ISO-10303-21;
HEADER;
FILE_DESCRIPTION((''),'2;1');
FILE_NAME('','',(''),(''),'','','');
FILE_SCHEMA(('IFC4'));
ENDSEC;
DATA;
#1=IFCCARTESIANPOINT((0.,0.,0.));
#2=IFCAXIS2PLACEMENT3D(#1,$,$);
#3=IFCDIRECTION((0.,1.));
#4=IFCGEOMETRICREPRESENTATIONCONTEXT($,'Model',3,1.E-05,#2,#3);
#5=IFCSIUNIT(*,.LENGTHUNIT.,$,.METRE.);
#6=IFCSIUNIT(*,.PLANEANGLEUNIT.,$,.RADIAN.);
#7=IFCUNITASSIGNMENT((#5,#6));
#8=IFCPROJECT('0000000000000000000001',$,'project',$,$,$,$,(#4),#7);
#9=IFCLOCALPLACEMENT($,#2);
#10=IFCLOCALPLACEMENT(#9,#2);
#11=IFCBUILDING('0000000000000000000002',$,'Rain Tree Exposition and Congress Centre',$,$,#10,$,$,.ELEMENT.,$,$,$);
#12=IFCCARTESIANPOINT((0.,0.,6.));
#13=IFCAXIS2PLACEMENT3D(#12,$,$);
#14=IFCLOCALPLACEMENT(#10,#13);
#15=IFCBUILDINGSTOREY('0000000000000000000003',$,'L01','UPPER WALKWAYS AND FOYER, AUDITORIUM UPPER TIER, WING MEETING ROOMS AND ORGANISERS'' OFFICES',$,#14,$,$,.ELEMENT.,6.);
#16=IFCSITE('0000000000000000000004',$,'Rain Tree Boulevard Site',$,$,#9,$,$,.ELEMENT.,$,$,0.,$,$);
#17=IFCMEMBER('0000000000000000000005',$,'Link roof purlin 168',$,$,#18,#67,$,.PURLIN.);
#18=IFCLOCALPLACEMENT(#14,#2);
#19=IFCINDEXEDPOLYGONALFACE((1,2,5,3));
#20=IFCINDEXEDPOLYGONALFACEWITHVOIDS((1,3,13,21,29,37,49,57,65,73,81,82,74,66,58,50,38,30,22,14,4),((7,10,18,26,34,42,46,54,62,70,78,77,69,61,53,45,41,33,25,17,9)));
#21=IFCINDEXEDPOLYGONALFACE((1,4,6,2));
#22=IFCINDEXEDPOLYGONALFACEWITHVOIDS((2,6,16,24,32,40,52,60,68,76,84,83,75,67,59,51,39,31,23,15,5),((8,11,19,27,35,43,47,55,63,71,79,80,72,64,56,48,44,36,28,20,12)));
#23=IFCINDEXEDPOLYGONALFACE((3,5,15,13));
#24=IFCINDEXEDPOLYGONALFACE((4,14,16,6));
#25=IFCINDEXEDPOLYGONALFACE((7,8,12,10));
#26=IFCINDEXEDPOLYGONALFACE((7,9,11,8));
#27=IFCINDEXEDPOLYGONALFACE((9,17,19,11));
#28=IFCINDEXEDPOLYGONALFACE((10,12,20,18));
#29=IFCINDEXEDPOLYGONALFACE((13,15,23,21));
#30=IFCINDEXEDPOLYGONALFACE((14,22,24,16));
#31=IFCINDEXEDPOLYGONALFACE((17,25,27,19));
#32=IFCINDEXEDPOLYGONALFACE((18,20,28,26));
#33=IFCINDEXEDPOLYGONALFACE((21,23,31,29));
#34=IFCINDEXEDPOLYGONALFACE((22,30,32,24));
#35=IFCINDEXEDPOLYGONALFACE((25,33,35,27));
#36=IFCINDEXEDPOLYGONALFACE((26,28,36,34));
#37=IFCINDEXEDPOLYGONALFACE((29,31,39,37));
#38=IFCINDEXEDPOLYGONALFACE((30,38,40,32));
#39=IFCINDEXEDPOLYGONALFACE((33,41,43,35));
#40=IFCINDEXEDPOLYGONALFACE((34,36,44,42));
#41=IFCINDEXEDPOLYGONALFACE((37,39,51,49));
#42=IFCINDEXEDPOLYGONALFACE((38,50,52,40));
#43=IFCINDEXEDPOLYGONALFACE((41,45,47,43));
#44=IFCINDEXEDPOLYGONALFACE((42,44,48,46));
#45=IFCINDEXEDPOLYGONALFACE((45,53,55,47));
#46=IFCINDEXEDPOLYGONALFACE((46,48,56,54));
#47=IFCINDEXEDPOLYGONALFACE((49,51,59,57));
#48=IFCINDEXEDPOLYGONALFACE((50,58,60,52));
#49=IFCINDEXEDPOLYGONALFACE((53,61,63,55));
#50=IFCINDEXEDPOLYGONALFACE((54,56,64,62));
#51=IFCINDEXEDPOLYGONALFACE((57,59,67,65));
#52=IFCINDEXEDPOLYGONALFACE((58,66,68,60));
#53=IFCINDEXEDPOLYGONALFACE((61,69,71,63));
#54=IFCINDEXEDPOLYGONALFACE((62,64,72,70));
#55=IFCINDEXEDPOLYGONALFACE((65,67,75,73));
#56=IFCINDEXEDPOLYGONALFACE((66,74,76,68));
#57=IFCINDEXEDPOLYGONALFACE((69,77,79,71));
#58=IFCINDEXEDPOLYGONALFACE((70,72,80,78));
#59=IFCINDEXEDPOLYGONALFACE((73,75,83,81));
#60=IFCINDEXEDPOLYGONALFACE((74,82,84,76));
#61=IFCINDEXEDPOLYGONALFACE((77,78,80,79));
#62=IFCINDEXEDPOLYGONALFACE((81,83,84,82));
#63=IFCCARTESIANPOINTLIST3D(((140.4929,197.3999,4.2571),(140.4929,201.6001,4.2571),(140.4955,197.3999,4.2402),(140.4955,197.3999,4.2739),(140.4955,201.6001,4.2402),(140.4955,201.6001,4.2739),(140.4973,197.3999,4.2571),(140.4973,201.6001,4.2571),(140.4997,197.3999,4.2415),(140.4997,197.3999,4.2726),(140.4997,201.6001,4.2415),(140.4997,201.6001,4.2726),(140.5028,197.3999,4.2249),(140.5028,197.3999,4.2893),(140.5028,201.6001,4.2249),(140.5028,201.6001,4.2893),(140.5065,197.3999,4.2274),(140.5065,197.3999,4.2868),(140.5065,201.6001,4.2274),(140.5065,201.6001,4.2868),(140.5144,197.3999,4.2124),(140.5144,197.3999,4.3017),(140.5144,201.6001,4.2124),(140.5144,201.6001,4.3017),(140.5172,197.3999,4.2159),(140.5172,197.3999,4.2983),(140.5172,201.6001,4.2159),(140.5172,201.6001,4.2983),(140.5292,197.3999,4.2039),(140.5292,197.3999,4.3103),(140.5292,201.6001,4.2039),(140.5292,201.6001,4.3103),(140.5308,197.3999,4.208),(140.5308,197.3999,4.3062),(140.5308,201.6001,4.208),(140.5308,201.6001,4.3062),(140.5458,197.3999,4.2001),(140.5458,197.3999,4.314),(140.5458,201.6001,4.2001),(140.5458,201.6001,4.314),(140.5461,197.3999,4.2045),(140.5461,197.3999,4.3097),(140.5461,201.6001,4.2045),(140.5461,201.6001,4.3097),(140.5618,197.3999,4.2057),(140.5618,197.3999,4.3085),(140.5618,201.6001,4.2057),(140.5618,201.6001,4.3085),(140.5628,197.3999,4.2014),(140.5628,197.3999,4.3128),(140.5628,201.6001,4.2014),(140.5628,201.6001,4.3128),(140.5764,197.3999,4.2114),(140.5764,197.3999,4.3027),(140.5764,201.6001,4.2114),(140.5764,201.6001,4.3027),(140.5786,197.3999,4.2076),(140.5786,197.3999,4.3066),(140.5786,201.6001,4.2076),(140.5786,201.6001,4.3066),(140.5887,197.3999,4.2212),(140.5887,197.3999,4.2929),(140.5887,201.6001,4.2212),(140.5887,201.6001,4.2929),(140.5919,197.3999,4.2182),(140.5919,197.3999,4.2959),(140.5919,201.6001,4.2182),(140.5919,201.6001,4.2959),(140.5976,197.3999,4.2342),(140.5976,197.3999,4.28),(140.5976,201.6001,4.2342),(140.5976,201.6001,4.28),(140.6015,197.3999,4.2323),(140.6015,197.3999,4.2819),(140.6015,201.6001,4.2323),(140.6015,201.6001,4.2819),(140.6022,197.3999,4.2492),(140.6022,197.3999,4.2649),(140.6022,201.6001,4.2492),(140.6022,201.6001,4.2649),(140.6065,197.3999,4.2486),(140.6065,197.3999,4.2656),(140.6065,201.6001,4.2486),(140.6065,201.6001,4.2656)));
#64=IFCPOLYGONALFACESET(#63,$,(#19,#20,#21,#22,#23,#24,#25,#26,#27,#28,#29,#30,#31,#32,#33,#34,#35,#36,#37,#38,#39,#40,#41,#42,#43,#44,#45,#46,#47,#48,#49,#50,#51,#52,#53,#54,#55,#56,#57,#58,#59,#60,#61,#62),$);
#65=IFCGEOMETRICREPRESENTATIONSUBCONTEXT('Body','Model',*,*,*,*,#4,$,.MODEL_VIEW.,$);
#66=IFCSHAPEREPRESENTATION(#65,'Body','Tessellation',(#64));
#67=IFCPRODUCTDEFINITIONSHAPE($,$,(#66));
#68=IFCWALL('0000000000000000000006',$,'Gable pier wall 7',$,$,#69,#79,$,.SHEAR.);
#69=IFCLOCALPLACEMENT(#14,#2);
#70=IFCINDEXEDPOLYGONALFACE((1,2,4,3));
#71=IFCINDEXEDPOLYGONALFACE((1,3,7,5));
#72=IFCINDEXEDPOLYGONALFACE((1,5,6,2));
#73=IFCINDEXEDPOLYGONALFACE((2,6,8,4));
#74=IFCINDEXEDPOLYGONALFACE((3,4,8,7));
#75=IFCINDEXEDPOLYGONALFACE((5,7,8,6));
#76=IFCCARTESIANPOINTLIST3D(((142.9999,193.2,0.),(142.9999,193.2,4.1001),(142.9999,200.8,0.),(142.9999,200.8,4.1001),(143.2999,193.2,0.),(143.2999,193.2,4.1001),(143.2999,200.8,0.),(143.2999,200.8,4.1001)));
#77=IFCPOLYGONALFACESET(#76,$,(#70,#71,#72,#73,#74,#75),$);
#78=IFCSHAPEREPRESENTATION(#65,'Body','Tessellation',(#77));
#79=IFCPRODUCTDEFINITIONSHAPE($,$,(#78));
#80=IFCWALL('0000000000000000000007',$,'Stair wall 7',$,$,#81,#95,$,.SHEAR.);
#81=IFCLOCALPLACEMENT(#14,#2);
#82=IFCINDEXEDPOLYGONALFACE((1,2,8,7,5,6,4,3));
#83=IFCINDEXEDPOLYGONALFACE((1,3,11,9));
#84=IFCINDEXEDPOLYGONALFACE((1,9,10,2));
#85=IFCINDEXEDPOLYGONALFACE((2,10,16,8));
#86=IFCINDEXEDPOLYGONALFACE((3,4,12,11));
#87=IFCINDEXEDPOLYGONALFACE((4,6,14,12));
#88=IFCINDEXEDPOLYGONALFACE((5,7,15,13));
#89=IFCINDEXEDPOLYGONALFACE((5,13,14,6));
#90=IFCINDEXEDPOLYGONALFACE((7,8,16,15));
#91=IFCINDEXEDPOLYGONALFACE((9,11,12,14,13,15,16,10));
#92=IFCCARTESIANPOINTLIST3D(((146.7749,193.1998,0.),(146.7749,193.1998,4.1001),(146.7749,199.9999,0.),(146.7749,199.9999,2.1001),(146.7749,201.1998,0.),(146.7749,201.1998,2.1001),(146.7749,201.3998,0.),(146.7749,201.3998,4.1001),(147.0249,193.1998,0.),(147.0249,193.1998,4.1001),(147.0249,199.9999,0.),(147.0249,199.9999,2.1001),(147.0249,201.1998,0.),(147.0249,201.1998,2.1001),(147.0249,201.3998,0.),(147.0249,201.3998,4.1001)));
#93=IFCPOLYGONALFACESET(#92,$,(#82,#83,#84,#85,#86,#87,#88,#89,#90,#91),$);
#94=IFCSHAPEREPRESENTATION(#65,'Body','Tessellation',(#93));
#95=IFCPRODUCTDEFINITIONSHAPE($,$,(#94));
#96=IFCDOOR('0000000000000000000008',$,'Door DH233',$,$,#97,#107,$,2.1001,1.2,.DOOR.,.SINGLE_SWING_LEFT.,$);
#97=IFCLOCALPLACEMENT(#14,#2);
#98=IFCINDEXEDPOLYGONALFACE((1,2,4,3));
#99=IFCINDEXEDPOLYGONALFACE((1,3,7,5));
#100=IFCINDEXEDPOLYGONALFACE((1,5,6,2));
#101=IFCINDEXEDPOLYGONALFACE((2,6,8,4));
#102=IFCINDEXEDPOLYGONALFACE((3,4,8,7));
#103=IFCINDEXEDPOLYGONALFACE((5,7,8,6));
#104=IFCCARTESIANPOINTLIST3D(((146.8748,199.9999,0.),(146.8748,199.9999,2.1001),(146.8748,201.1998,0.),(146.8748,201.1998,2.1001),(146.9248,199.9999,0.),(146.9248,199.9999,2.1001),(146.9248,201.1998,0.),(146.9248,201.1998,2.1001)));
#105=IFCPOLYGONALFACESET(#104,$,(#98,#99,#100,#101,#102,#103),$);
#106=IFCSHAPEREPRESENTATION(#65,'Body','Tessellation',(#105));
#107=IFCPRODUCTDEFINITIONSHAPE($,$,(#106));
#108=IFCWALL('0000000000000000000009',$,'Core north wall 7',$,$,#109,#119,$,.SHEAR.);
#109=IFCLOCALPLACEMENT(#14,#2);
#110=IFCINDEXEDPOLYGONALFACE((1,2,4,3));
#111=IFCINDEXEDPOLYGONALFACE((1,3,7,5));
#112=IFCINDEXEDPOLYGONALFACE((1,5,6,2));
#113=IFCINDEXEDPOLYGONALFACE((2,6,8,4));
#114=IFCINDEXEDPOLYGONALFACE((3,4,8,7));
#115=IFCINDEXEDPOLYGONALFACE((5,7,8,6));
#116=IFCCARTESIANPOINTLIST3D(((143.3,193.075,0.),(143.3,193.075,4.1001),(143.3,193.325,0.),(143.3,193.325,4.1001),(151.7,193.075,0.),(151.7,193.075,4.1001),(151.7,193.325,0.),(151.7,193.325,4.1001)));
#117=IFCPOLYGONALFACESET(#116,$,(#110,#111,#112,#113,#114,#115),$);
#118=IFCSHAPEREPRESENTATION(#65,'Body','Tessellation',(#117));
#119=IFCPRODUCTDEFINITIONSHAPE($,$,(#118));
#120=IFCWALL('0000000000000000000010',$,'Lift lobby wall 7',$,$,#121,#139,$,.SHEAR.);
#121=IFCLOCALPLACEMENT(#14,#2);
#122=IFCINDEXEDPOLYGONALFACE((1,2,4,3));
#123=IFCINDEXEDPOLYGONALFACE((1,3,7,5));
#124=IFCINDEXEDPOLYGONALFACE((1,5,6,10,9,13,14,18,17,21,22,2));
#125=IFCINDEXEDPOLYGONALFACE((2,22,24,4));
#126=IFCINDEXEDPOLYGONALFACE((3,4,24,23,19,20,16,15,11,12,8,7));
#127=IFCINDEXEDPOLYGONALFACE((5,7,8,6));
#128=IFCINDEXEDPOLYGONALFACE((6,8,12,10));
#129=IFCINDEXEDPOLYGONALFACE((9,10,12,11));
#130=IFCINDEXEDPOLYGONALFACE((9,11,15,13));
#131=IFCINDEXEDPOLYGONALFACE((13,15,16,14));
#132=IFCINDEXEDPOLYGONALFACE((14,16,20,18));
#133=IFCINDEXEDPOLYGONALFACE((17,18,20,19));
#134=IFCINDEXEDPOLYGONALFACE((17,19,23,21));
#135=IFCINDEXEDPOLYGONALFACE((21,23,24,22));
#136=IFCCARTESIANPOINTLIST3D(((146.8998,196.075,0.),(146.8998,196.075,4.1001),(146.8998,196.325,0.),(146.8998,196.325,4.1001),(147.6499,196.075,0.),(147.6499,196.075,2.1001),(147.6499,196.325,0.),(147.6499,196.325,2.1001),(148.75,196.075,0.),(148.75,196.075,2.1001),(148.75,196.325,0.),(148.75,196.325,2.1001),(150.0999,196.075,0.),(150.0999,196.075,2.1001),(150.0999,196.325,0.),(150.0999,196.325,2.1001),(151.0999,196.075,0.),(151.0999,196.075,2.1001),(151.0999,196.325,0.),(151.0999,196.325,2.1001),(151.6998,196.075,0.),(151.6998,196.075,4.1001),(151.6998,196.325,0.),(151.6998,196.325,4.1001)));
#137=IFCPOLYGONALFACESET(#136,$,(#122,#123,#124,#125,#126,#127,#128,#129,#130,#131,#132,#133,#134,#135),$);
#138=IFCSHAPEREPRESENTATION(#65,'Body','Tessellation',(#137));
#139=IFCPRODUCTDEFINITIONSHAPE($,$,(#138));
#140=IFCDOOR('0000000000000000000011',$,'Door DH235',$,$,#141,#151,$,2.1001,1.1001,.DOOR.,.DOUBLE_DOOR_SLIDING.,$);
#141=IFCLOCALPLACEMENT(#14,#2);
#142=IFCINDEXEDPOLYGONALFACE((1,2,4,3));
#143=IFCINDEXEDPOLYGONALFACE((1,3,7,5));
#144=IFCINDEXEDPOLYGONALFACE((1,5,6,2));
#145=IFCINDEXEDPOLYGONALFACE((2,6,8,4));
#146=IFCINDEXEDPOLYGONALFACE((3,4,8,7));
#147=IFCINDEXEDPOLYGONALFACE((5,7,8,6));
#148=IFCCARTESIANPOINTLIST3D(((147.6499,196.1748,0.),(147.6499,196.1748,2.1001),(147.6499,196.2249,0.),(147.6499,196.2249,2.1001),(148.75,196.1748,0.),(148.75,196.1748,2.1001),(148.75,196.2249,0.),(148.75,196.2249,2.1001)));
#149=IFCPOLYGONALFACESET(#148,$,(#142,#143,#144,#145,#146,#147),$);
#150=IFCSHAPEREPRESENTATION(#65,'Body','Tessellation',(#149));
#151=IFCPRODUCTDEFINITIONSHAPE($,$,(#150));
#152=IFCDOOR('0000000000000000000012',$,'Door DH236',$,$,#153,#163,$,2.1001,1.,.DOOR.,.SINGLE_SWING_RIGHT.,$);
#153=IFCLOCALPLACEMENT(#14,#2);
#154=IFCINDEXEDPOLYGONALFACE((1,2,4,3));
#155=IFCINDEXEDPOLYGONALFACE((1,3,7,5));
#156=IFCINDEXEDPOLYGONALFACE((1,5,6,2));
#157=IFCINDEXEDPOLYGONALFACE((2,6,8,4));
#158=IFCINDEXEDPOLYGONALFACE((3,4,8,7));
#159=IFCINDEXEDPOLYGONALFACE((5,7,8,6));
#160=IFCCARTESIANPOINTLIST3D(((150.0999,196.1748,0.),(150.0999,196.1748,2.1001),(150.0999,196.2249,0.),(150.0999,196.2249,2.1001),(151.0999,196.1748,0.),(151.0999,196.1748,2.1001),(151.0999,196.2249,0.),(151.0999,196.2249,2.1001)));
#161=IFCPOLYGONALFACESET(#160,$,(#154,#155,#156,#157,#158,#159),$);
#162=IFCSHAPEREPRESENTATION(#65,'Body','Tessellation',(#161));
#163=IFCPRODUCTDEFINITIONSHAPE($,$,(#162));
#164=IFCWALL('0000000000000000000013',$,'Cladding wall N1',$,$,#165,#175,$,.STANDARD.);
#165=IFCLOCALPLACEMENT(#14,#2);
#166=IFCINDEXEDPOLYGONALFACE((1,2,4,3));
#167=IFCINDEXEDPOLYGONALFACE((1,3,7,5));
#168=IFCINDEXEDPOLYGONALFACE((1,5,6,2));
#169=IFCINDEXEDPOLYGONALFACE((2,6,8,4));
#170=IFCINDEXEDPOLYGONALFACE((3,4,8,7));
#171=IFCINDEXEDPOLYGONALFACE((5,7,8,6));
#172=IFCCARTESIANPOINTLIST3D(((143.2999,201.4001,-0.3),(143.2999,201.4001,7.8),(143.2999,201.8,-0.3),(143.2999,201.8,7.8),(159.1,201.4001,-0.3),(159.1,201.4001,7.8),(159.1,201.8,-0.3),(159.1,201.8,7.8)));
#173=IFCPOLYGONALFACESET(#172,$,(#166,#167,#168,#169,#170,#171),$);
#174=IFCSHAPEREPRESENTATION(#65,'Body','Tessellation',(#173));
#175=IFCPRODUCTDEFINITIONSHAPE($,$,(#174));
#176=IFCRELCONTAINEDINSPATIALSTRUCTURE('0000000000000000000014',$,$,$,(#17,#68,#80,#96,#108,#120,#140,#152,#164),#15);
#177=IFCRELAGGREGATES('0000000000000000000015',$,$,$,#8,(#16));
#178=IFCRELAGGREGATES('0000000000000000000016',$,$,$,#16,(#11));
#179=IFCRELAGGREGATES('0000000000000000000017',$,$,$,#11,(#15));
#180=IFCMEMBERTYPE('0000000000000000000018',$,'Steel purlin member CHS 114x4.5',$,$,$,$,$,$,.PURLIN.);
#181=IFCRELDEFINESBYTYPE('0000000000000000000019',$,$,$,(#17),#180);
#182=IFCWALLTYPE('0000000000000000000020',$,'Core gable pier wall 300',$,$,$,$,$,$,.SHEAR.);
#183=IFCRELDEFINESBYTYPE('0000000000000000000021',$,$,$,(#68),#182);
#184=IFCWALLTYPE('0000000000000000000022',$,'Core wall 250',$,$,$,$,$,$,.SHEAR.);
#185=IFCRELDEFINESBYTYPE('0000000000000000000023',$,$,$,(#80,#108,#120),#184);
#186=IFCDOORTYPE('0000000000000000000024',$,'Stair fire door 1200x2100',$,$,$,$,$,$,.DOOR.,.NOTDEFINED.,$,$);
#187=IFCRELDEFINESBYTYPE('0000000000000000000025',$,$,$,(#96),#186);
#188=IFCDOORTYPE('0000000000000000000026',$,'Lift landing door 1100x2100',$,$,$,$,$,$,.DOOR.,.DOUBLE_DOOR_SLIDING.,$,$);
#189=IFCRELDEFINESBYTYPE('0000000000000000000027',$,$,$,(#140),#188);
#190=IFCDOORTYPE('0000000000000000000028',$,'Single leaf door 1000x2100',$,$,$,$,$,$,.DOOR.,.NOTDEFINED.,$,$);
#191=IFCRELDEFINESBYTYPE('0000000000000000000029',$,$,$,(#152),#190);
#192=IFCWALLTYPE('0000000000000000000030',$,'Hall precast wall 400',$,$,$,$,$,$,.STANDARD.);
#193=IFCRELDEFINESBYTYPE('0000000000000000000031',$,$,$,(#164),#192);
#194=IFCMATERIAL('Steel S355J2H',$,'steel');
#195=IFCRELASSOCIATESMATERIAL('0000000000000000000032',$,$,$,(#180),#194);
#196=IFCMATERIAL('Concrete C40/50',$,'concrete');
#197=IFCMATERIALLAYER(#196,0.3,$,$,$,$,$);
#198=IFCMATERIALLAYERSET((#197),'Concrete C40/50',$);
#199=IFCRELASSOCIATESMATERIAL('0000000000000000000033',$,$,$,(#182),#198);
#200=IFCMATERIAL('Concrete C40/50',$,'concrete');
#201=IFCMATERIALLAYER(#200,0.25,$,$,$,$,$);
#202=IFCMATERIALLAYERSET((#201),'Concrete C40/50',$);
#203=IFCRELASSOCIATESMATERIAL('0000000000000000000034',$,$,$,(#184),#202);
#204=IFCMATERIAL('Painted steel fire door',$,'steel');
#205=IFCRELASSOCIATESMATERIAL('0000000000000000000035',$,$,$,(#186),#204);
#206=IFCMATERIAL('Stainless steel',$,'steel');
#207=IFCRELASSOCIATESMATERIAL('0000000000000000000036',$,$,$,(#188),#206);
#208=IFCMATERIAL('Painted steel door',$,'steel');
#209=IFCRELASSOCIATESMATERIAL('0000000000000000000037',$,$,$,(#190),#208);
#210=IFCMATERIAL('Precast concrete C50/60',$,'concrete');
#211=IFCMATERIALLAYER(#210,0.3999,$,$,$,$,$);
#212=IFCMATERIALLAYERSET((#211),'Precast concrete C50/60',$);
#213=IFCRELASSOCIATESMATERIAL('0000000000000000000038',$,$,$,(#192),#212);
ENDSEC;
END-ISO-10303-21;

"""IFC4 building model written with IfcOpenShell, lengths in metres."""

from ifc_helpers import new_model, si_unit, direction, frame, frame_2d, origin, origin_2d, place, context, subcontext, project, spatial, rectangle, hollow_circle, extrude, material, layer, layer_set, material_profile, profile_set, type_object, element, fill, save


model = new_model("IFC4")

# Units and contexts
model_context = context("Model", 3, precision=1e-05, world=origin(), true_north=direction((0.0, 1.0)))
body_context = subcontext(model_context, "Body", "Model", "MODEL_VIEW")
ifc_project = project(units=[si_unit("LENGTHUNIT", "METRE"), si_unit("PLANEANGLEUNIT", "RADIAN")], contexts=[model_context])

# Site, building, storey
site_placement = place(None, origin())
site = spatial("IfcSite", under=ifc_project, at=site_placement, Name="Rain Tree Boulevard Site", CompositionType="ELEMENT", RefElevation=0.0)
building_placement = place(site_placement, origin())
building = spatial("IfcBuilding", under=site, at=building_placement, Name="Rain Tree Exposition and Congress Centre", CompositionType="ELEMENT")
storey_placement = place(building_placement, frame((0.0, 0.0, 6.0)))
storey = spatial("IfcBuildingStorey", under=building, at=storey_placement, Name="L01", Description="UPPER WALKWAYS AND FOYER, AUDITORIUM UPPER TIER, WING MEETING ROOMS AND ORGANISERS' OFFICES", CompositionType="ELEMENT", Elevation=6.0)

# Member
ifc_material_1 = material(Name="Steel S355J2H", Category="steel")
ifc_material_profile_1 = material_profile(ifc_material_1, hollow_circle(Radius=0.0571, WallThickness=0.0044, at=origin_2d()), Name="CHS 114x4.5")
ifc_profile_set_1 = profile_set([ifc_material_profile_1], Name="Steel S355J2H")
member_type = type_object("IfcMemberType", Name="Steel purlin member CHS 114x4.5", PredefinedType="PURLIN", material=ifc_profile_set_1)
member_1_placement = place(storey_placement, frame((140.55, 197.3999, 4.2571), z_axis=(0.0, 1.0, 0.0), x_axis=(-1.0, 0.0, 0.0)))
element("IfcMember", 1, at=member_1_placement, inside=storey, type_object=member_type, Name="Link roof purlin 168", PredefinedType="PURLIN", context=body_context, shape_type="SweptSolid", body=[
    extrude(hollow_circle(Radius=0.0571, WallThickness=0.0044, at=origin_2d()), origin(), (0.0, 0.0, 1.0), 4.2002),
])

# Wall
ifc_material_2 = material(Name="Concrete C40/50", Category="concrete")
ifc_layer_1 = layer(ifc_material_2, 0.3)
ifc_layer_set_1 = layer_set([ifc_layer_1], Name="Concrete C40/50")
wall_type_1 = type_object("IfcWallType", Name="Core gable pier wall 300", PredefinedType="SHEAR", material=ifc_layer_set_1)
wall_1_placement = place(storey_placement, frame((143.1499, 200.8, 0.0), z_axis=(0.0, 0.0, 1.0), x_axis=(0.0, -1.0, 0.0)))
element("IfcWall", 2, at=wall_1_placement, inside=storey, type_object=wall_type_1, Name="Gable pier wall 7", PredefinedType="SHEAR", context=body_context, shape_type="SweptSolid", body=[
    extrude(rectangle(XDim=7.6001, YDim=0.3, at=frame_2d((3.8, 0.0))), origin(), (0.0, 0.0, 1.0), 4.1001),
])

# Wall, opening, door
ifc_material_3 = material(Name="Concrete C40/50", Category="concrete")
ifc_layer_2 = layer(ifc_material_3, 0.25)
ifc_layer_set_2 = layer_set([ifc_layer_2], Name="Concrete C40/50")
wall_type_2 = type_object("IfcWallType", Name="Core wall 250", PredefinedType="SHEAR", material=ifc_layer_set_2)
wall_2_placement = place(storey_placement, frame((146.8999, 201.3999, 0.0), z_axis=(0.0, 0.0, 1.0), x_axis=(0.0, -1.0, 0.0)))
wall_2 = element("IfcWall", 3, at=wall_2_placement, inside=storey, type_object=wall_type_2, Name="Stair wall 7", PredefinedType="SHEAR", context=body_context, shape_type="SweptSolid", body=[
    extrude(rectangle(XDim=8.2, YDim=0.25, at=frame_2d((4.1001, 0.0))), origin(), (0.0, 0.0, 1.0), 4.1001),
])
opening_1_placement = place(wall_2_placement, frame((0.2, 0.0, 0.0)))
opening_1 = element("IfcOpeningElement", 4, at=opening_1_placement, cuts=wall_2, PredefinedType="OPENING", context=body_context, shape_type="SweptSolid", body=[
    extrude(rectangle(XDim=1.2, YDim=2.1001, at=frame_2d((0.6001, 1.05))), frame((0.0, 0.125, 0.0), z_axis=(0.0, -1.0, 0.0), x_axis=(1.0, 0.0, 0.0)), (0.0, 0.0, 1.0), 0.25),
])
ifc_material_4 = material(Name="Painted steel fire door", Category="steel")
door_type_1 = type_object("IfcDoorType", Name="Stair fire door 1200x2100", OperationType="NOTDEFINED", PredefinedType="DOOR", material=ifc_material_4)
door_1_placement = place(opening_1_placement, origin())
door_1 = element("IfcDoor", 5, at=door_1_placement, inside=storey, type_object=door_type_1, Name="Door DH233", OperationType="SINGLE_SWING_LEFT", OverallHeight=2.1001, OverallWidth=1.2, PredefinedType="DOOR", context=body_context, shape_type="SweptSolid", body=[
    extrude(rectangle(XDim=1.2, YDim=2.1001, at=frame_2d((0.6001, 1.05))), frame((0.0, 0.0249, 0.0), z_axis=(0.0, -1.0, 0.0), x_axis=(1.0, 0.0, 0.0)), (0.0, 0.0, 1.0), 0.05),
])
fill(opening_1, door_1)

# Wall
wall_3_placement = place(storey_placement, frame((143.3, 193.2, 0.0), z_axis=(0.0, 0.0, 1.0), x_axis=(1.0, 0.0, 0.0)))
element("IfcWall", 6, at=wall_3_placement, inside=storey, type_object=wall_type_2, Name="Core north wall 7", PredefinedType="SHEAR", context=body_context, shape_type="SweptSolid", body=[
    extrude(rectangle(XDim=8.3999, YDim=0.25, at=frame_2d((4.2, 0.0))), origin(), (0.0, 0.0, 1.0), 4.1001),
])

# Wall, openings, doors
wall_4_placement = place(storey_placement, frame((146.8999, 196.2, 0.0), z_axis=(0.0, 0.0, 1.0), x_axis=(1.0, 0.0, 0.0)))
wall_4 = element("IfcWall", 7, at=wall_4_placement, inside=storey, type_object=wall_type_2, Name="Lift lobby wall 7", PredefinedType="SHEAR", context=body_context, shape_type="SweptSolid", body=[
    extrude(rectangle(XDim=4.8, YDim=0.25, at=frame_2d((2.3999, 0.0))), origin(), (0.0, 0.0, 1.0), 4.1001),
])
opening_2_placement = place(wall_4_placement, frame((0.75, 0.0, 0.0)))
opening_2 = element("IfcOpeningElement", 8, at=opening_2_placement, cuts=wall_4, PredefinedType="OPENING", context=body_context, shape_type="SweptSolid", body=[
    extrude(rectangle(XDim=1.1001, YDim=2.1001, at=frame_2d((0.55, 1.05))), frame((0.0, 0.125, 0.0), z_axis=(0.0, -1.0, 0.0), x_axis=(1.0, 0.0, 0.0)), (0.0, 0.0, 1.0), 0.25),
])
opening_3_placement = place(wall_4_placement, frame((3.2, 0.0, 0.0)))
opening_3 = element("IfcOpeningElement", 9, at=opening_3_placement, cuts=wall_4, PredefinedType="OPENING", context=body_context, shape_type="SweptSolid", body=[
    extrude(rectangle(XDim=1.0, YDim=2.1001, at=frame_2d((0.5, 1.05))), frame((0.0, 0.125, 0.0), z_axis=(0.0, -1.0, 0.0), x_axis=(1.0, 0.0, 0.0)), (0.0, 0.0, 1.0), 0.25),
])
ifc_material_5 = material(Name="Stainless steel", Category="steel")
door_type_2 = type_object("IfcDoorType", Name="Lift landing door 1100x2100", OperationType="DOUBLE_DOOR_SLIDING", PredefinedType="DOOR", material=ifc_material_5)
door_2_placement = place(opening_2_placement, origin())
door_2 = element("IfcDoor", 10, at=door_2_placement, inside=storey, type_object=door_type_2, Name="Door DH235", OperationType="DOUBLE_DOOR_SLIDING", OverallHeight=2.1001, OverallWidth=1.1001, PredefinedType="DOOR", context=body_context, shape_type="SweptSolid", body=[
    extrude(rectangle(XDim=1.1001, YDim=2.1001, at=frame_2d((0.55, 1.05))), frame((0.0, 0.0249, 0.0), z_axis=(0.0, -1.0, 0.0), x_axis=(1.0, 0.0, 0.0)), (0.0, 0.0, 1.0), 0.05),
])
fill(opening_2, door_2)
ifc_material_6 = material(Name="Painted steel door", Category="steel")
door_type_3 = type_object("IfcDoorType", Name="Single leaf door 1000x2100", OperationType="NOTDEFINED", PredefinedType="DOOR", material=ifc_material_6)
door_3_placement = place(opening_3_placement, origin())
door_3 = element("IfcDoor", 11, at=door_3_placement, inside=storey, type_object=door_type_3, Name="Door DH236", OperationType="SINGLE_SWING_RIGHT", OverallHeight=2.1001, OverallWidth=1.0, PredefinedType="DOOR", context=body_context, shape_type="SweptSolid", body=[
    extrude(rectangle(XDim=1.0, YDim=2.1001, at=frame_2d((0.5, 1.05))), frame((0.0, 0.0249, 0.0), z_axis=(0.0, -1.0, 0.0), x_axis=(1.0, 0.0, 0.0)), (0.0, 0.0, 1.0), 0.05),
])
fill(opening_3, door_3)

# Wall
ifc_material_7 = material(Name="Precast concrete C50/60", Category="concrete")
ifc_layer_3 = layer(ifc_material_7, 0.3999)
ifc_layer_set_3 = layer_set([ifc_layer_3], Name="Precast concrete C50/60")
wall_type_3 = type_object("IfcWallType", Name="Hall precast wall 400", PredefinedType="STANDARD", material=ifc_layer_set_3)
wall_5_placement = place(storey_placement, frame((143.3, 201.6001, -0.3), z_axis=(0.0, 0.0, 1.0), x_axis=(1.0, 0.0, 0.0)))
element("IfcWall", 12, at=wall_5_placement, inside=storey, type_object=wall_type_3, Name="Cladding wall N1", PredefinedType="STANDARD", context=body_context, shape_type="SweptSolid", body=[
    extrude(rectangle(XDim=15.8, YDim=0.3999, at=frame_2d((7.8999, 0.0))), origin(), (0.0, 0.0, 1.0), 8.1001),
])

save(model, "model.ifc")
